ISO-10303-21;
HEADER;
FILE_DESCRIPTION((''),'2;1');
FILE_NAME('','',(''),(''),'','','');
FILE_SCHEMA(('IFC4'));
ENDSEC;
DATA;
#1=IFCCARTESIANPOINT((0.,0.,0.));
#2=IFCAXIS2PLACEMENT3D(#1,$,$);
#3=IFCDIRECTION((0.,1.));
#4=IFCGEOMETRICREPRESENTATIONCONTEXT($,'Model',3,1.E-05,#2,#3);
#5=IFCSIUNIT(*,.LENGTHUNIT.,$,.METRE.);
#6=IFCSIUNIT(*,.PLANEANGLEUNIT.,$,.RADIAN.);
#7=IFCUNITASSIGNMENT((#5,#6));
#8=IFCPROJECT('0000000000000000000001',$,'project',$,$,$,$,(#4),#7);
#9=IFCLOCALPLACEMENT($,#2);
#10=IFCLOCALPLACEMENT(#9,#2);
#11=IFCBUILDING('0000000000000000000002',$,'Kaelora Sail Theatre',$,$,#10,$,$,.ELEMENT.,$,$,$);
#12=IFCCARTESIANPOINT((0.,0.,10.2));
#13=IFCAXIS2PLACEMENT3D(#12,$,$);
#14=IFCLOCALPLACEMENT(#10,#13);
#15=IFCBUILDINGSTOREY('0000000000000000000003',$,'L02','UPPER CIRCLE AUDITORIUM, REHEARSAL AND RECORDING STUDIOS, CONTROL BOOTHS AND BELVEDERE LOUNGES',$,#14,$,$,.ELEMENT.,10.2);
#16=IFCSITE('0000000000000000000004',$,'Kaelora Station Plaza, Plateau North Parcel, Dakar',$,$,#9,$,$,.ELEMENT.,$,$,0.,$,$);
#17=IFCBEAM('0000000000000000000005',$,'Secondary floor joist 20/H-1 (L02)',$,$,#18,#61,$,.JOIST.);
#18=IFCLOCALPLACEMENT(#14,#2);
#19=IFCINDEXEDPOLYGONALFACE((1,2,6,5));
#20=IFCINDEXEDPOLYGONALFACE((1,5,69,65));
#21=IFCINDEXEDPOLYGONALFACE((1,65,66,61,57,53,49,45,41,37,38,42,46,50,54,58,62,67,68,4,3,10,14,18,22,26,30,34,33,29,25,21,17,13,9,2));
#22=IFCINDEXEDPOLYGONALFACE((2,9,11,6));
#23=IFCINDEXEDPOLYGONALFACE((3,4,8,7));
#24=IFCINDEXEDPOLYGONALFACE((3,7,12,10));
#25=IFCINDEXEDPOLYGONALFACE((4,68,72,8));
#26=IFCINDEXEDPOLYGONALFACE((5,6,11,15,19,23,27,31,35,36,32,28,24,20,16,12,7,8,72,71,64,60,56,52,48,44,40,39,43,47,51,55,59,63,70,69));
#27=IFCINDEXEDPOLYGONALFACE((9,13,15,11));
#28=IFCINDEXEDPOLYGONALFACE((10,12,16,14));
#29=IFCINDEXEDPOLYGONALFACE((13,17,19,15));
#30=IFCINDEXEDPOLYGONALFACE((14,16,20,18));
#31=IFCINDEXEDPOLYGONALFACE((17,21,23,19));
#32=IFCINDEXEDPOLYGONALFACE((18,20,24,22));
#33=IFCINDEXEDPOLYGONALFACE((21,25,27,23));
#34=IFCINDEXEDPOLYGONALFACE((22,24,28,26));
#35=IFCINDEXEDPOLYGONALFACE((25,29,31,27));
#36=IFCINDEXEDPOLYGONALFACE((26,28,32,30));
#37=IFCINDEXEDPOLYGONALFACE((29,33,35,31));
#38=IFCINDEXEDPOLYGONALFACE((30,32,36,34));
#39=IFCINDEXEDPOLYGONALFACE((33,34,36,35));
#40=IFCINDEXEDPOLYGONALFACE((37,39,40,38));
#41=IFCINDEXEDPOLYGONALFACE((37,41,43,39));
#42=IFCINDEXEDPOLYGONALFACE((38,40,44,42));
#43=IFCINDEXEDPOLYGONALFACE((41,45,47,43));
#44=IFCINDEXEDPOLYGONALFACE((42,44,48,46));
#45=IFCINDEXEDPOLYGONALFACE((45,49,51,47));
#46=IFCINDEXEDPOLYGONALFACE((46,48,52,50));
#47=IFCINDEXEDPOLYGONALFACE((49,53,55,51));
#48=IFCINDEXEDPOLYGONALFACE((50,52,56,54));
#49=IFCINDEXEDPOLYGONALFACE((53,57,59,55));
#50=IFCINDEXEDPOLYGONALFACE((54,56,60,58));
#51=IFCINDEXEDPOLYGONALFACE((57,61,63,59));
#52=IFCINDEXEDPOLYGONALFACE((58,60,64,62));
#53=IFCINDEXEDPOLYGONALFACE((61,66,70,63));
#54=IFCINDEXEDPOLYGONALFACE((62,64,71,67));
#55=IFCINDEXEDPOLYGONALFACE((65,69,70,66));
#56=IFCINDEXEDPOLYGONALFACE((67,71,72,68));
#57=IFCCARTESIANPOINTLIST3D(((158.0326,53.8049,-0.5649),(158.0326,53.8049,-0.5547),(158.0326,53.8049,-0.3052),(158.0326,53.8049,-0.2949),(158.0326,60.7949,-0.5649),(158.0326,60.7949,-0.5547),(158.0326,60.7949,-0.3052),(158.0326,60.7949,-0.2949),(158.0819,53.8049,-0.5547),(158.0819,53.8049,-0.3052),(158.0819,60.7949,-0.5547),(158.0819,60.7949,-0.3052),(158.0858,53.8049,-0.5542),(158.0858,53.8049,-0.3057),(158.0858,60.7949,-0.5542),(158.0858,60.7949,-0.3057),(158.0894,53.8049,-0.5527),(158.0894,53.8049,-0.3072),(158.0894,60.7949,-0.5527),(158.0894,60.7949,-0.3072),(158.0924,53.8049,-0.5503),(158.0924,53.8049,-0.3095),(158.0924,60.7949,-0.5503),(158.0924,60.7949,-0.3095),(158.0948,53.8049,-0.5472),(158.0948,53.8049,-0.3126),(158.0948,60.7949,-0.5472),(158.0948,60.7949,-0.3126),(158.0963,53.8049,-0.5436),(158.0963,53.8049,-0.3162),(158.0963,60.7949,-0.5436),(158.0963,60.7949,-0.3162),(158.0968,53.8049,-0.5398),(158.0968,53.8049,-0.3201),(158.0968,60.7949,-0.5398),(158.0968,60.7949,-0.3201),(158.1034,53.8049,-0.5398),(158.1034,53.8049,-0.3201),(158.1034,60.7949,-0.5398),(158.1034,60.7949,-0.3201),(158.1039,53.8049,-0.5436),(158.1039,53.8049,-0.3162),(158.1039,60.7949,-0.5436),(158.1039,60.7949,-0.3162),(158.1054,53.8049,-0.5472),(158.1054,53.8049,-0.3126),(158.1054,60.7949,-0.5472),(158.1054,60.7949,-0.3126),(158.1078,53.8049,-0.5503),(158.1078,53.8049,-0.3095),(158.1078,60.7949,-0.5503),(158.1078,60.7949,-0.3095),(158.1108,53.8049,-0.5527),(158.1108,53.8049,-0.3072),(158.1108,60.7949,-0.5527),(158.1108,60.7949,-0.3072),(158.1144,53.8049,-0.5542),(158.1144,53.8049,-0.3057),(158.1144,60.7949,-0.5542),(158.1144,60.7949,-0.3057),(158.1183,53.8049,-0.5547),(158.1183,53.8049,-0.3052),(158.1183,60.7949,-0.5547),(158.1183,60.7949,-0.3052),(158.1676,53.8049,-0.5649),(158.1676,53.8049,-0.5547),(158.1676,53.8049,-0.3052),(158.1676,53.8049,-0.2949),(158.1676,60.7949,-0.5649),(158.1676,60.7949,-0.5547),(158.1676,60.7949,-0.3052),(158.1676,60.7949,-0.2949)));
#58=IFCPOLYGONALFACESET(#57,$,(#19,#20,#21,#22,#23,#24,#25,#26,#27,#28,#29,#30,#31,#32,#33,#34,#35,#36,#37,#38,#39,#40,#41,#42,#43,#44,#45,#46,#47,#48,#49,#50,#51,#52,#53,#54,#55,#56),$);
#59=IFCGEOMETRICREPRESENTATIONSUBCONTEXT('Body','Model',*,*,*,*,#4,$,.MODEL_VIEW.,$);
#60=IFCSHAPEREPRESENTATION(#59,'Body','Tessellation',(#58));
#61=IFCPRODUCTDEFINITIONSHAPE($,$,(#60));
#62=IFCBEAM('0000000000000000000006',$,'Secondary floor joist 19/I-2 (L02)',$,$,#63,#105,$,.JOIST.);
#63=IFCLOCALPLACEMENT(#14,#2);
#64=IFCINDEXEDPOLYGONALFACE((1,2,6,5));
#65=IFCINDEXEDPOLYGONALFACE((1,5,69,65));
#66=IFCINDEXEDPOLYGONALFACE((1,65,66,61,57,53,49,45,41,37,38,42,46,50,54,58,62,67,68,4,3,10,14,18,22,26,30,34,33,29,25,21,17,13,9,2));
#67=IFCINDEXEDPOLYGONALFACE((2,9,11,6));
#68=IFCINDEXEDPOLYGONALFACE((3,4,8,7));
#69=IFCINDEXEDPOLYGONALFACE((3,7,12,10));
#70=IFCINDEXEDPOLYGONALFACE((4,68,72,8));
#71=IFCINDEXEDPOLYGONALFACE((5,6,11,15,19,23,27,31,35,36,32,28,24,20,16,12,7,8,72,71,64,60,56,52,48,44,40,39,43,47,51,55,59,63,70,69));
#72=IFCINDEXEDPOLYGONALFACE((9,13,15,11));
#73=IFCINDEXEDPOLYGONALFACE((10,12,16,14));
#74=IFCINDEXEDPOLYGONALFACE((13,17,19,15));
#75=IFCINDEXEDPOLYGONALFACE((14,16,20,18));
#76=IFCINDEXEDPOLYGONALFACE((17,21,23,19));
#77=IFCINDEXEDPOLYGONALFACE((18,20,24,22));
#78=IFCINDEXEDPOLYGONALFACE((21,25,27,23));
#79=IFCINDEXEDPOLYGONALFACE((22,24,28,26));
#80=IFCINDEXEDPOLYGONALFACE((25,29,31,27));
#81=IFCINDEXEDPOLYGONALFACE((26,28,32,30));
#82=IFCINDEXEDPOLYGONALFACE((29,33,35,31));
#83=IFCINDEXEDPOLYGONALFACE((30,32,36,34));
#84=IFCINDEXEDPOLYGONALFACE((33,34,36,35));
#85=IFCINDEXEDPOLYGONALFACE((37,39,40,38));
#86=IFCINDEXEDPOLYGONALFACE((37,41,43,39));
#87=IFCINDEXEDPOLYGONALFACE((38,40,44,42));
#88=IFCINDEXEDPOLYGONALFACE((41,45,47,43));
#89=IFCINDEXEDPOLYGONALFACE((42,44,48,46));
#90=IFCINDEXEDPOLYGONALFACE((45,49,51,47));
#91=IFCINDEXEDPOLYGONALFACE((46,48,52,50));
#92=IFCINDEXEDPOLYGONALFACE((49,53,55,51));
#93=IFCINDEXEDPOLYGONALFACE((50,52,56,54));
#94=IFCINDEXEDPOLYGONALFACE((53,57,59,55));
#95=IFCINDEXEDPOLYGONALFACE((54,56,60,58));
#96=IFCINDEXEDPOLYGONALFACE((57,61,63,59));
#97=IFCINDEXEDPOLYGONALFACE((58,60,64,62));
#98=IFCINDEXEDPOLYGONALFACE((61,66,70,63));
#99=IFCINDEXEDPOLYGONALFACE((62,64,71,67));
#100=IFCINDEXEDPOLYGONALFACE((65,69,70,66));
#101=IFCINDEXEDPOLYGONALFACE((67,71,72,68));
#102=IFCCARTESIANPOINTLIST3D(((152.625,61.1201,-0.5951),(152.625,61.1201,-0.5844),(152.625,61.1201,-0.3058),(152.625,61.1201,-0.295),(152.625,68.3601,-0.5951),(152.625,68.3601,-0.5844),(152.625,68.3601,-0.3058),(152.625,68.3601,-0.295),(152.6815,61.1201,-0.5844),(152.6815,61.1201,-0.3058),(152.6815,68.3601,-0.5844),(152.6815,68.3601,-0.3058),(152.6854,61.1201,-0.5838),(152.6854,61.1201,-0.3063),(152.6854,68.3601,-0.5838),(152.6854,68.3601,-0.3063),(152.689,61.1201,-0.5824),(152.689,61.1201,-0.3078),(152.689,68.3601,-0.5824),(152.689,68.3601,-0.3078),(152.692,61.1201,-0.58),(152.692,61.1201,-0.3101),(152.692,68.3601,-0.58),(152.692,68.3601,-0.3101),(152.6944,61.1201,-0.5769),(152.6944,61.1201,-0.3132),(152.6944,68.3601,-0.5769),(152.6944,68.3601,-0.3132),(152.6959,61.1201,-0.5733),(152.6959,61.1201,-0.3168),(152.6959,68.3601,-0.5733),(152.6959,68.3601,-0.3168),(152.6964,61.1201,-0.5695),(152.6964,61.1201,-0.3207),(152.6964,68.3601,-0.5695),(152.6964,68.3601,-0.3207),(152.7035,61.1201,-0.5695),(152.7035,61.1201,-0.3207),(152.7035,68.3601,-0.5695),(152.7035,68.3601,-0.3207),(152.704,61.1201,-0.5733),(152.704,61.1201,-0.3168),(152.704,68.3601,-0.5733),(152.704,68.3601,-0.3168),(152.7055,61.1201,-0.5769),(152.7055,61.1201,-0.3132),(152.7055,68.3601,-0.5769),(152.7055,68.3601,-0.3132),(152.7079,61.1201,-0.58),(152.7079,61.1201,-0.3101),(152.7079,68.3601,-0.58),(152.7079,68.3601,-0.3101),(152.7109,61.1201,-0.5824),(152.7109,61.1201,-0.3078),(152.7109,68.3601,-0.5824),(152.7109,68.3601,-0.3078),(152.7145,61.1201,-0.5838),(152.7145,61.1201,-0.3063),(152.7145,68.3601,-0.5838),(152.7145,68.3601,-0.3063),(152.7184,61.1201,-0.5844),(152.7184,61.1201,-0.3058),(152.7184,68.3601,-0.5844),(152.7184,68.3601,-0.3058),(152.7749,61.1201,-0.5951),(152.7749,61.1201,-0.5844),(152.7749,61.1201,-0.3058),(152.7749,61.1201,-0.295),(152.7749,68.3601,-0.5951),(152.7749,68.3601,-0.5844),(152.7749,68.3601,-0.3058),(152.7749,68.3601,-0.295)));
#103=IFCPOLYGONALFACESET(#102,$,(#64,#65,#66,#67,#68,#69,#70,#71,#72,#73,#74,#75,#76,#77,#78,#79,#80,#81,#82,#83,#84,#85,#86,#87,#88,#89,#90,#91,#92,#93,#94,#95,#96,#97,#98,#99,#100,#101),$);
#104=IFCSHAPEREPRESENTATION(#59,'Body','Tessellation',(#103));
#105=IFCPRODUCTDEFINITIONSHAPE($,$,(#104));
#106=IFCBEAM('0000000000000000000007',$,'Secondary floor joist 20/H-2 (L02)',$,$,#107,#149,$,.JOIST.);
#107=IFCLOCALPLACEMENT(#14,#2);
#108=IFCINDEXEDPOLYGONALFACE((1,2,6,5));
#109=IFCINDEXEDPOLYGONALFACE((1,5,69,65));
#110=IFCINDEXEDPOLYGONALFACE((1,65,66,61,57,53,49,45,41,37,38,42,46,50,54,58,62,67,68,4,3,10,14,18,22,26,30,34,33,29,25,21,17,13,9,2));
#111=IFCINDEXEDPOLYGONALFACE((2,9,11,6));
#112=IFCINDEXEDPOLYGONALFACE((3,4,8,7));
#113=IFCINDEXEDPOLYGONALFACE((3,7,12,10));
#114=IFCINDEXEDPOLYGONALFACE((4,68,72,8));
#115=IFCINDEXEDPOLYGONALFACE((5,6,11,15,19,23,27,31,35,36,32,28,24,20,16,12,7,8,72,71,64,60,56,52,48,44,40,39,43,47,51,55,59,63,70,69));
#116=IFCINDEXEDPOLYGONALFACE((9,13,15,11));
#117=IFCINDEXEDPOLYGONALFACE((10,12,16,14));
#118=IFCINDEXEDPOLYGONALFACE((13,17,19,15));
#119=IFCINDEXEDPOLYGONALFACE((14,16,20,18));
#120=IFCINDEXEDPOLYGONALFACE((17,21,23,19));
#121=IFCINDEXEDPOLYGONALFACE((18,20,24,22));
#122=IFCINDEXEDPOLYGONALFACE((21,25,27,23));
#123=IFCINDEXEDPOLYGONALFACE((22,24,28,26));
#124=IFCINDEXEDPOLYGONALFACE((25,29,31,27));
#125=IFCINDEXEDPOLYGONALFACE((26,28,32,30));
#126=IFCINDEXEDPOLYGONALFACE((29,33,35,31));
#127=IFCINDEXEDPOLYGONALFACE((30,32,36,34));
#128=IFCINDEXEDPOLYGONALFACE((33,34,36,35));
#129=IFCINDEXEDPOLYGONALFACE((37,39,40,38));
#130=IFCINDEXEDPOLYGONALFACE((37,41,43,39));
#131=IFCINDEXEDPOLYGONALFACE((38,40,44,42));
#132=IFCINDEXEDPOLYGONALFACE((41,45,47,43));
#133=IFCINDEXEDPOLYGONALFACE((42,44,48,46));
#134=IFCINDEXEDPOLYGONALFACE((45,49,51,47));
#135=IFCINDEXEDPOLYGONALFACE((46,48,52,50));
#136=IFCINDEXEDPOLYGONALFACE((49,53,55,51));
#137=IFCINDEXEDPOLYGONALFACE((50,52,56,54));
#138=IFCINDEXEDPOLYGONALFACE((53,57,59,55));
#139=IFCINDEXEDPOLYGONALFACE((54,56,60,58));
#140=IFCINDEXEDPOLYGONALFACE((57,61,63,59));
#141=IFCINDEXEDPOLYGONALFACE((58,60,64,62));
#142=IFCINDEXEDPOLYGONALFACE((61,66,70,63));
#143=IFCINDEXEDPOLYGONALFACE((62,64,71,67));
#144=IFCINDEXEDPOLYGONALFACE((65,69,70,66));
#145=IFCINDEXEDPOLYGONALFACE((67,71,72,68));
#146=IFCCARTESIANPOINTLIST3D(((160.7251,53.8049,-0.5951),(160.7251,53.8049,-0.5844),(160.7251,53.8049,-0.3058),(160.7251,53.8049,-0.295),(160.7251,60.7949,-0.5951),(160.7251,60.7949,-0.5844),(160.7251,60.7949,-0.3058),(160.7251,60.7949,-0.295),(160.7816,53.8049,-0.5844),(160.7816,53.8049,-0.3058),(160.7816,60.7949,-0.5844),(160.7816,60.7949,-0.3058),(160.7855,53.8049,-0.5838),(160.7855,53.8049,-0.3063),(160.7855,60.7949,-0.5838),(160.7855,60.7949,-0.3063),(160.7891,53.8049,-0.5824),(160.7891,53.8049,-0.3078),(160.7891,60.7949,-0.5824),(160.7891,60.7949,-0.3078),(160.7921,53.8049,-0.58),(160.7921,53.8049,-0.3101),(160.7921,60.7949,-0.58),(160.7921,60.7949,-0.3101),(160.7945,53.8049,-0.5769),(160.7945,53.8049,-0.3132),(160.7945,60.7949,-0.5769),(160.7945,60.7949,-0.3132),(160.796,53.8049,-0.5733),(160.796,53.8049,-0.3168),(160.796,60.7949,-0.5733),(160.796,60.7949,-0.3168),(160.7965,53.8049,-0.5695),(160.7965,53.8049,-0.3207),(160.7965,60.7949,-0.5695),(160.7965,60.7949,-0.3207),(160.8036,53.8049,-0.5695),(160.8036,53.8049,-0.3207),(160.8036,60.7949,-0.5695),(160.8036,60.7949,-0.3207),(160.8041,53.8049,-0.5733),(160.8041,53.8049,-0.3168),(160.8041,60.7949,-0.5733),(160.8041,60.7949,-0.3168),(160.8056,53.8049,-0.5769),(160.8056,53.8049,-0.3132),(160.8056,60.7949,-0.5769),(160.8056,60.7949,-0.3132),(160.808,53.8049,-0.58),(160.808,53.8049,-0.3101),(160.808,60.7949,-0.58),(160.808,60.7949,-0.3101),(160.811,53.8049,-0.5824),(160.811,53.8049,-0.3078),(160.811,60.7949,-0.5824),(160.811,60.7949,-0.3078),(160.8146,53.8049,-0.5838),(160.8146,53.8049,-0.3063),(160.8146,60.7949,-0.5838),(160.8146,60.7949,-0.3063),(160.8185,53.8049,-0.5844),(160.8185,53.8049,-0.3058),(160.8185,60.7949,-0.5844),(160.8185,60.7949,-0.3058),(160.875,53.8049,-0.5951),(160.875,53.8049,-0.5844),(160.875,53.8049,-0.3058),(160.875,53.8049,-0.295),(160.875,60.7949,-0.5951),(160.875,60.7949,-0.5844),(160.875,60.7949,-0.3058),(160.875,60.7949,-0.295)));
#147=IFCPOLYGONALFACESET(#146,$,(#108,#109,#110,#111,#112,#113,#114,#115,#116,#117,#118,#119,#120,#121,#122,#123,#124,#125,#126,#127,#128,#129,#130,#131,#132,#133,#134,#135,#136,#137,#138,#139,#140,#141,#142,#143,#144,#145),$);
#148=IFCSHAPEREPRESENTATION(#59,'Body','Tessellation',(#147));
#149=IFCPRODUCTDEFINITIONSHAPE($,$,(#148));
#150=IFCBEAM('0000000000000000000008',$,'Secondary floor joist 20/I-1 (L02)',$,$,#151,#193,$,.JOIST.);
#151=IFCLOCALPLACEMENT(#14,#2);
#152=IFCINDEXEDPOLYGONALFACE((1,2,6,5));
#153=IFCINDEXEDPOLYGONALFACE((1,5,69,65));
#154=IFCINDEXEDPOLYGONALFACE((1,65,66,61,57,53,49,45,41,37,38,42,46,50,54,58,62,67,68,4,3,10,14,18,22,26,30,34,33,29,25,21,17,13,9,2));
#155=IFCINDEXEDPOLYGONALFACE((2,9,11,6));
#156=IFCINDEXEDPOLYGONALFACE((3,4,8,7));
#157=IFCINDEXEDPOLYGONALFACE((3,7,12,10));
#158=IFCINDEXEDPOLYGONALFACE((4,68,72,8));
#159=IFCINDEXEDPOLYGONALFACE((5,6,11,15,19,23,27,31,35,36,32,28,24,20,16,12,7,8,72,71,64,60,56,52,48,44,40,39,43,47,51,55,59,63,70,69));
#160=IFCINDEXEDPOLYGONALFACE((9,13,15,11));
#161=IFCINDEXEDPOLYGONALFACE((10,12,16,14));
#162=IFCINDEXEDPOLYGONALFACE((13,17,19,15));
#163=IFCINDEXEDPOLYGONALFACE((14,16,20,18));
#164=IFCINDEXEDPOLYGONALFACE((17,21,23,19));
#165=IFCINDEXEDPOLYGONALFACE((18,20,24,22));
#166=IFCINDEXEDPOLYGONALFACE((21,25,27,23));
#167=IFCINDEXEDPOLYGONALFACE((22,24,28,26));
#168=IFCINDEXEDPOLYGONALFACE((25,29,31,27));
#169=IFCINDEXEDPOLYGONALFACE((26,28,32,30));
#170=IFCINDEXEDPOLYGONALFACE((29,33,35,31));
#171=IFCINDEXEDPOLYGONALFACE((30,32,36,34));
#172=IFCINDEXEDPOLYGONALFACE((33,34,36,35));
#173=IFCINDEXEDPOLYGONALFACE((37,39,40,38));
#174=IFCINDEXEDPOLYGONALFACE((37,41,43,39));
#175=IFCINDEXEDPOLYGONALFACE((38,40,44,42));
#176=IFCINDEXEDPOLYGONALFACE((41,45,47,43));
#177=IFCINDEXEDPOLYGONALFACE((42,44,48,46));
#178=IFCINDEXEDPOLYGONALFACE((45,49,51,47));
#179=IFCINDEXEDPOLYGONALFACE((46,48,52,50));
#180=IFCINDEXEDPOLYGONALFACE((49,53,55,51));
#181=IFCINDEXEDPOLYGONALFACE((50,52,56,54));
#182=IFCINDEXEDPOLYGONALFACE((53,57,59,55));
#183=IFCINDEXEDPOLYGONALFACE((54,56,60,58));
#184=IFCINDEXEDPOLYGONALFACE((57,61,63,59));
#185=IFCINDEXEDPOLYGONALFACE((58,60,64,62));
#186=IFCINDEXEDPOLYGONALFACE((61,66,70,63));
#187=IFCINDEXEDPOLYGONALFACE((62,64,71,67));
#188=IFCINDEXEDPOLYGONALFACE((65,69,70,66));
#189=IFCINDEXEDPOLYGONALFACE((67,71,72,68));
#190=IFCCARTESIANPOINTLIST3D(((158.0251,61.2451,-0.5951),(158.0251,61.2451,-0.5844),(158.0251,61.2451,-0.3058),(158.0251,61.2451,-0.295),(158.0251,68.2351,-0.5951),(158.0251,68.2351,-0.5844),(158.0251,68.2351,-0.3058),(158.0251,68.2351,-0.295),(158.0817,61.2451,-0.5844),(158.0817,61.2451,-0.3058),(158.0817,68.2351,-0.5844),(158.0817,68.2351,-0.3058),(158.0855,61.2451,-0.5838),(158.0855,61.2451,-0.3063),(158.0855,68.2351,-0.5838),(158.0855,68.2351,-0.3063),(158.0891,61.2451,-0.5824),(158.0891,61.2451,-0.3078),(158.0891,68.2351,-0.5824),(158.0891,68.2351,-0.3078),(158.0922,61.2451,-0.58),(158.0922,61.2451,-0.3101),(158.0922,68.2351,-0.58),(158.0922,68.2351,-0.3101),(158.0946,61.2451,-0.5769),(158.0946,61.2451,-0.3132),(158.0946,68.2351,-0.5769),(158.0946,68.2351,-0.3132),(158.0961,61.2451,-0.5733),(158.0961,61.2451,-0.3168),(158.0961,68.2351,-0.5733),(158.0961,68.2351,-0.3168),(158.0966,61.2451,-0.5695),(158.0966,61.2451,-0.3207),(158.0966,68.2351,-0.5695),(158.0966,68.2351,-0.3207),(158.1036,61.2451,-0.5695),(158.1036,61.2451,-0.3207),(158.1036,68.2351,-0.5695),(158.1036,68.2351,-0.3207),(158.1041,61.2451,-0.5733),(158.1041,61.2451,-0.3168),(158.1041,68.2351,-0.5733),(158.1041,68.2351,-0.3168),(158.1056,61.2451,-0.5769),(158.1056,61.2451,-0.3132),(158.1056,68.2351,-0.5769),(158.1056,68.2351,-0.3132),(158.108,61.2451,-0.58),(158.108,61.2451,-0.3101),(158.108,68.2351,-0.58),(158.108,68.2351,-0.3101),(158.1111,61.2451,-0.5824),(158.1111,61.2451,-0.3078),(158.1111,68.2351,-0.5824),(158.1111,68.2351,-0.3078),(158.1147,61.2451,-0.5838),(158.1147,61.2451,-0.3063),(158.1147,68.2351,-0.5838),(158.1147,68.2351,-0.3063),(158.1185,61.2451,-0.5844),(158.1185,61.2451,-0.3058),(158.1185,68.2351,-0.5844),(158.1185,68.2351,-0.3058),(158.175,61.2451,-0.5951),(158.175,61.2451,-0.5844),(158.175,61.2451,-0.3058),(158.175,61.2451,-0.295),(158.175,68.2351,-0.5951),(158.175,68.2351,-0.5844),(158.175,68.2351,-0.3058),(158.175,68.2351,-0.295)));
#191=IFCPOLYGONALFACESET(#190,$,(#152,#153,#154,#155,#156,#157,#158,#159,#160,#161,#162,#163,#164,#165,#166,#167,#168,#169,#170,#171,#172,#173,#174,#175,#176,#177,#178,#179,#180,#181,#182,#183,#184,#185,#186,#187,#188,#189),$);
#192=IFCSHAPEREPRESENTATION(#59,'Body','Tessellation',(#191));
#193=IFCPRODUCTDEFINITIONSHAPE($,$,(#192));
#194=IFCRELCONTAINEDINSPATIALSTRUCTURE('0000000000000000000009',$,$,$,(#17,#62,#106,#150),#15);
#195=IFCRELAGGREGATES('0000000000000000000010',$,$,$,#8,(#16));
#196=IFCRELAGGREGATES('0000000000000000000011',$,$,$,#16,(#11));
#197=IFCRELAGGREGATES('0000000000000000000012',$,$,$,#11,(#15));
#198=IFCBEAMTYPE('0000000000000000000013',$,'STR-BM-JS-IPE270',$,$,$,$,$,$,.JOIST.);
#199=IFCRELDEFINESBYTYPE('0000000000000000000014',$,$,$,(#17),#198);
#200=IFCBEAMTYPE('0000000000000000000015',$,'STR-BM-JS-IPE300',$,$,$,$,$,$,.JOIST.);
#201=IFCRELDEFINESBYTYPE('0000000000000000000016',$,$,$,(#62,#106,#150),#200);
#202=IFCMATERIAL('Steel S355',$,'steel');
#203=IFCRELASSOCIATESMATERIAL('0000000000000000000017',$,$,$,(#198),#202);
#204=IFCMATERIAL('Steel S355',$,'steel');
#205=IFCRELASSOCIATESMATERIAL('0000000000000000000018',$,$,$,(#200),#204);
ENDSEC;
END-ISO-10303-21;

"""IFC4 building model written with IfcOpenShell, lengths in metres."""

from ifc_helpers import new_model, si_unit, direction, frame, origin, origin_2d, place, context, subcontext, project, spatial, i_section, extrude, material, material_profile, profile_set, type_object, element, save


model = new_model("IFC4")

# Units and contexts
model_context = context("Model", 3, precision=1e-05, world=origin(), true_north=direction((0.0, 1.0)))
body_context = subcontext(model_context, "Body", "Model", "MODEL_VIEW")
ifc_project = project(units=[si_unit("LENGTHUNIT", "METRE"), si_unit("PLANEANGLEUNIT", "RADIAN")], contexts=[model_context])

# Site, building, storey
site_placement = place(None, origin())
site = spatial("IfcSite", under=ifc_project, at=site_placement, Name="Kaelora Station Plaza, Plateau North Parcel, Dakar", CompositionType="ELEMENT", RefElevation=0.0)
building_placement = place(site_placement, origin())
building = spatial("IfcBuilding", under=site, at=building_placement, Name="Kaelora Sail Theatre", CompositionType="ELEMENT")
storey_placement = place(building_placement, frame((0.0, 0.0, 10.2)))
storey = spatial("IfcBuildingStorey", under=building, at=storey_placement, Name="L02", Description="UPPER CIRCLE AUDITORIUM, REHEARSAL AND RECORDING STUDIOS, CONTROL BOOTHS AND BELVEDERE LOUNGES", CompositionType="ELEMENT", Elevation=10.2)

# Beams
ifc_material_1 = material(Name="Steel S355", Category="steel")
ifc_material_profile_1 = material_profile(ifc_material_1, i_section(OverallWidth=0.135, OverallDepth=0.27, WebThickness=0.0066, FlangeThickness=0.0103, FilletRadius=0.0149, at=origin_2d()), Name="IPE 270")
ifc_profile_set_1 = profile_set([ifc_material_profile_1], Name="Steel S355")
beam_type_1 = type_object("IfcBeamType", Name="STR-BM-JS-IPE270", PredefinedType="JOIST", material=ifc_profile_set_1)
beam_1_placement = place(storey_placement, frame((158.1001, 53.8049, -0.4299), z_axis=(0.0, 1.0, 0.0), x_axis=(-1.0, 0.0, 0.0)))
element("IfcBeam", 1, at=beam_1_placement, inside=storey, type_object=beam_type_1, Name="Secondary floor joist 20/H-1 (L02)", PredefinedType="JOIST", context=body_context, shape_type="SweptSolid", body=[
    extrude(i_section(OverallWidth=0.135, OverallDepth=0.27, WebThickness=0.0066, FlangeThickness=0.0103, FilletRadius=0.0149, at=origin_2d()), origin(), (0.0, 0.0, 1.0), 6.99),
])
ifc_material_2 = material(Name="Steel S355", Category="steel")
ifc_material_profile_2 = material_profile(ifc_material_2, i_section(OverallWidth=0.1499, OverallDepth=0.3, WebThickness=0.0071, FlangeThickness=0.0107, FilletRadius=0.0149, at=origin_2d()), Name="IPE 300")
ifc_profile_set_2 = profile_set([ifc_material_profile_2], Name="Steel S355")
beam_type_2 = type_object("IfcBeamType", Name="STR-BM-JS-IPE300", PredefinedType="JOIST", material=ifc_profile_set_2)
beam_2_placement = place(storey_placement, frame((152.7, 61.1201, -0.4451), z_axis=(0.0, 1.0, 0.0), x_axis=(-1.0, 0.0, 0.0)))
element("IfcBeam", 2, at=beam_2_placement, inside=storey, type_object=beam_type_2, Name="Secondary floor joist 19/I-2 (L02)", PredefinedType="JOIST", context=body_context, shape_type="SweptSolid", body=[
    extrude(i_section(OverallWidth=0.1499, OverallDepth=0.3, WebThickness=0.0071, FlangeThickness=0.0107, FilletRadius=0.0149, at=origin_2d()), origin(), (0.0, 0.0, 1.0), 7.24),
])
for number, where, z_axis, x_axis, name in (
    (3, (160.8, 53.8049, -0.4451), (0.0, 1.0, 0.0), (-1.0, 0.0, 0.0), "Secondary floor joist 20/H-2 (L02)"),
    (4, (158.1001, 61.2451, -0.4451), (0.0, 1.0, 0.0), (-1.0, 0.0, 0.0), "Secondary floor joist 20/I-1 (L02)"),
):
    element("IfcBeam", number, at=place(storey_placement, frame(where, z_axis=z_axis, x_axis=x_axis)), inside=storey, type_object=beam_type_2, Name=name, PredefinedType="JOIST", context=body_context, shape_type="SweptSolid", body=[
        extrude(i_section(OverallWidth=0.1499, OverallDepth=0.3, WebThickness=0.0071, FlangeThickness=0.0107, FilletRadius=0.0149, at=origin_2d()), origin(), (0.0, 0.0, 1.0), 6.99),
    ])

save(model, "model.ifc")
